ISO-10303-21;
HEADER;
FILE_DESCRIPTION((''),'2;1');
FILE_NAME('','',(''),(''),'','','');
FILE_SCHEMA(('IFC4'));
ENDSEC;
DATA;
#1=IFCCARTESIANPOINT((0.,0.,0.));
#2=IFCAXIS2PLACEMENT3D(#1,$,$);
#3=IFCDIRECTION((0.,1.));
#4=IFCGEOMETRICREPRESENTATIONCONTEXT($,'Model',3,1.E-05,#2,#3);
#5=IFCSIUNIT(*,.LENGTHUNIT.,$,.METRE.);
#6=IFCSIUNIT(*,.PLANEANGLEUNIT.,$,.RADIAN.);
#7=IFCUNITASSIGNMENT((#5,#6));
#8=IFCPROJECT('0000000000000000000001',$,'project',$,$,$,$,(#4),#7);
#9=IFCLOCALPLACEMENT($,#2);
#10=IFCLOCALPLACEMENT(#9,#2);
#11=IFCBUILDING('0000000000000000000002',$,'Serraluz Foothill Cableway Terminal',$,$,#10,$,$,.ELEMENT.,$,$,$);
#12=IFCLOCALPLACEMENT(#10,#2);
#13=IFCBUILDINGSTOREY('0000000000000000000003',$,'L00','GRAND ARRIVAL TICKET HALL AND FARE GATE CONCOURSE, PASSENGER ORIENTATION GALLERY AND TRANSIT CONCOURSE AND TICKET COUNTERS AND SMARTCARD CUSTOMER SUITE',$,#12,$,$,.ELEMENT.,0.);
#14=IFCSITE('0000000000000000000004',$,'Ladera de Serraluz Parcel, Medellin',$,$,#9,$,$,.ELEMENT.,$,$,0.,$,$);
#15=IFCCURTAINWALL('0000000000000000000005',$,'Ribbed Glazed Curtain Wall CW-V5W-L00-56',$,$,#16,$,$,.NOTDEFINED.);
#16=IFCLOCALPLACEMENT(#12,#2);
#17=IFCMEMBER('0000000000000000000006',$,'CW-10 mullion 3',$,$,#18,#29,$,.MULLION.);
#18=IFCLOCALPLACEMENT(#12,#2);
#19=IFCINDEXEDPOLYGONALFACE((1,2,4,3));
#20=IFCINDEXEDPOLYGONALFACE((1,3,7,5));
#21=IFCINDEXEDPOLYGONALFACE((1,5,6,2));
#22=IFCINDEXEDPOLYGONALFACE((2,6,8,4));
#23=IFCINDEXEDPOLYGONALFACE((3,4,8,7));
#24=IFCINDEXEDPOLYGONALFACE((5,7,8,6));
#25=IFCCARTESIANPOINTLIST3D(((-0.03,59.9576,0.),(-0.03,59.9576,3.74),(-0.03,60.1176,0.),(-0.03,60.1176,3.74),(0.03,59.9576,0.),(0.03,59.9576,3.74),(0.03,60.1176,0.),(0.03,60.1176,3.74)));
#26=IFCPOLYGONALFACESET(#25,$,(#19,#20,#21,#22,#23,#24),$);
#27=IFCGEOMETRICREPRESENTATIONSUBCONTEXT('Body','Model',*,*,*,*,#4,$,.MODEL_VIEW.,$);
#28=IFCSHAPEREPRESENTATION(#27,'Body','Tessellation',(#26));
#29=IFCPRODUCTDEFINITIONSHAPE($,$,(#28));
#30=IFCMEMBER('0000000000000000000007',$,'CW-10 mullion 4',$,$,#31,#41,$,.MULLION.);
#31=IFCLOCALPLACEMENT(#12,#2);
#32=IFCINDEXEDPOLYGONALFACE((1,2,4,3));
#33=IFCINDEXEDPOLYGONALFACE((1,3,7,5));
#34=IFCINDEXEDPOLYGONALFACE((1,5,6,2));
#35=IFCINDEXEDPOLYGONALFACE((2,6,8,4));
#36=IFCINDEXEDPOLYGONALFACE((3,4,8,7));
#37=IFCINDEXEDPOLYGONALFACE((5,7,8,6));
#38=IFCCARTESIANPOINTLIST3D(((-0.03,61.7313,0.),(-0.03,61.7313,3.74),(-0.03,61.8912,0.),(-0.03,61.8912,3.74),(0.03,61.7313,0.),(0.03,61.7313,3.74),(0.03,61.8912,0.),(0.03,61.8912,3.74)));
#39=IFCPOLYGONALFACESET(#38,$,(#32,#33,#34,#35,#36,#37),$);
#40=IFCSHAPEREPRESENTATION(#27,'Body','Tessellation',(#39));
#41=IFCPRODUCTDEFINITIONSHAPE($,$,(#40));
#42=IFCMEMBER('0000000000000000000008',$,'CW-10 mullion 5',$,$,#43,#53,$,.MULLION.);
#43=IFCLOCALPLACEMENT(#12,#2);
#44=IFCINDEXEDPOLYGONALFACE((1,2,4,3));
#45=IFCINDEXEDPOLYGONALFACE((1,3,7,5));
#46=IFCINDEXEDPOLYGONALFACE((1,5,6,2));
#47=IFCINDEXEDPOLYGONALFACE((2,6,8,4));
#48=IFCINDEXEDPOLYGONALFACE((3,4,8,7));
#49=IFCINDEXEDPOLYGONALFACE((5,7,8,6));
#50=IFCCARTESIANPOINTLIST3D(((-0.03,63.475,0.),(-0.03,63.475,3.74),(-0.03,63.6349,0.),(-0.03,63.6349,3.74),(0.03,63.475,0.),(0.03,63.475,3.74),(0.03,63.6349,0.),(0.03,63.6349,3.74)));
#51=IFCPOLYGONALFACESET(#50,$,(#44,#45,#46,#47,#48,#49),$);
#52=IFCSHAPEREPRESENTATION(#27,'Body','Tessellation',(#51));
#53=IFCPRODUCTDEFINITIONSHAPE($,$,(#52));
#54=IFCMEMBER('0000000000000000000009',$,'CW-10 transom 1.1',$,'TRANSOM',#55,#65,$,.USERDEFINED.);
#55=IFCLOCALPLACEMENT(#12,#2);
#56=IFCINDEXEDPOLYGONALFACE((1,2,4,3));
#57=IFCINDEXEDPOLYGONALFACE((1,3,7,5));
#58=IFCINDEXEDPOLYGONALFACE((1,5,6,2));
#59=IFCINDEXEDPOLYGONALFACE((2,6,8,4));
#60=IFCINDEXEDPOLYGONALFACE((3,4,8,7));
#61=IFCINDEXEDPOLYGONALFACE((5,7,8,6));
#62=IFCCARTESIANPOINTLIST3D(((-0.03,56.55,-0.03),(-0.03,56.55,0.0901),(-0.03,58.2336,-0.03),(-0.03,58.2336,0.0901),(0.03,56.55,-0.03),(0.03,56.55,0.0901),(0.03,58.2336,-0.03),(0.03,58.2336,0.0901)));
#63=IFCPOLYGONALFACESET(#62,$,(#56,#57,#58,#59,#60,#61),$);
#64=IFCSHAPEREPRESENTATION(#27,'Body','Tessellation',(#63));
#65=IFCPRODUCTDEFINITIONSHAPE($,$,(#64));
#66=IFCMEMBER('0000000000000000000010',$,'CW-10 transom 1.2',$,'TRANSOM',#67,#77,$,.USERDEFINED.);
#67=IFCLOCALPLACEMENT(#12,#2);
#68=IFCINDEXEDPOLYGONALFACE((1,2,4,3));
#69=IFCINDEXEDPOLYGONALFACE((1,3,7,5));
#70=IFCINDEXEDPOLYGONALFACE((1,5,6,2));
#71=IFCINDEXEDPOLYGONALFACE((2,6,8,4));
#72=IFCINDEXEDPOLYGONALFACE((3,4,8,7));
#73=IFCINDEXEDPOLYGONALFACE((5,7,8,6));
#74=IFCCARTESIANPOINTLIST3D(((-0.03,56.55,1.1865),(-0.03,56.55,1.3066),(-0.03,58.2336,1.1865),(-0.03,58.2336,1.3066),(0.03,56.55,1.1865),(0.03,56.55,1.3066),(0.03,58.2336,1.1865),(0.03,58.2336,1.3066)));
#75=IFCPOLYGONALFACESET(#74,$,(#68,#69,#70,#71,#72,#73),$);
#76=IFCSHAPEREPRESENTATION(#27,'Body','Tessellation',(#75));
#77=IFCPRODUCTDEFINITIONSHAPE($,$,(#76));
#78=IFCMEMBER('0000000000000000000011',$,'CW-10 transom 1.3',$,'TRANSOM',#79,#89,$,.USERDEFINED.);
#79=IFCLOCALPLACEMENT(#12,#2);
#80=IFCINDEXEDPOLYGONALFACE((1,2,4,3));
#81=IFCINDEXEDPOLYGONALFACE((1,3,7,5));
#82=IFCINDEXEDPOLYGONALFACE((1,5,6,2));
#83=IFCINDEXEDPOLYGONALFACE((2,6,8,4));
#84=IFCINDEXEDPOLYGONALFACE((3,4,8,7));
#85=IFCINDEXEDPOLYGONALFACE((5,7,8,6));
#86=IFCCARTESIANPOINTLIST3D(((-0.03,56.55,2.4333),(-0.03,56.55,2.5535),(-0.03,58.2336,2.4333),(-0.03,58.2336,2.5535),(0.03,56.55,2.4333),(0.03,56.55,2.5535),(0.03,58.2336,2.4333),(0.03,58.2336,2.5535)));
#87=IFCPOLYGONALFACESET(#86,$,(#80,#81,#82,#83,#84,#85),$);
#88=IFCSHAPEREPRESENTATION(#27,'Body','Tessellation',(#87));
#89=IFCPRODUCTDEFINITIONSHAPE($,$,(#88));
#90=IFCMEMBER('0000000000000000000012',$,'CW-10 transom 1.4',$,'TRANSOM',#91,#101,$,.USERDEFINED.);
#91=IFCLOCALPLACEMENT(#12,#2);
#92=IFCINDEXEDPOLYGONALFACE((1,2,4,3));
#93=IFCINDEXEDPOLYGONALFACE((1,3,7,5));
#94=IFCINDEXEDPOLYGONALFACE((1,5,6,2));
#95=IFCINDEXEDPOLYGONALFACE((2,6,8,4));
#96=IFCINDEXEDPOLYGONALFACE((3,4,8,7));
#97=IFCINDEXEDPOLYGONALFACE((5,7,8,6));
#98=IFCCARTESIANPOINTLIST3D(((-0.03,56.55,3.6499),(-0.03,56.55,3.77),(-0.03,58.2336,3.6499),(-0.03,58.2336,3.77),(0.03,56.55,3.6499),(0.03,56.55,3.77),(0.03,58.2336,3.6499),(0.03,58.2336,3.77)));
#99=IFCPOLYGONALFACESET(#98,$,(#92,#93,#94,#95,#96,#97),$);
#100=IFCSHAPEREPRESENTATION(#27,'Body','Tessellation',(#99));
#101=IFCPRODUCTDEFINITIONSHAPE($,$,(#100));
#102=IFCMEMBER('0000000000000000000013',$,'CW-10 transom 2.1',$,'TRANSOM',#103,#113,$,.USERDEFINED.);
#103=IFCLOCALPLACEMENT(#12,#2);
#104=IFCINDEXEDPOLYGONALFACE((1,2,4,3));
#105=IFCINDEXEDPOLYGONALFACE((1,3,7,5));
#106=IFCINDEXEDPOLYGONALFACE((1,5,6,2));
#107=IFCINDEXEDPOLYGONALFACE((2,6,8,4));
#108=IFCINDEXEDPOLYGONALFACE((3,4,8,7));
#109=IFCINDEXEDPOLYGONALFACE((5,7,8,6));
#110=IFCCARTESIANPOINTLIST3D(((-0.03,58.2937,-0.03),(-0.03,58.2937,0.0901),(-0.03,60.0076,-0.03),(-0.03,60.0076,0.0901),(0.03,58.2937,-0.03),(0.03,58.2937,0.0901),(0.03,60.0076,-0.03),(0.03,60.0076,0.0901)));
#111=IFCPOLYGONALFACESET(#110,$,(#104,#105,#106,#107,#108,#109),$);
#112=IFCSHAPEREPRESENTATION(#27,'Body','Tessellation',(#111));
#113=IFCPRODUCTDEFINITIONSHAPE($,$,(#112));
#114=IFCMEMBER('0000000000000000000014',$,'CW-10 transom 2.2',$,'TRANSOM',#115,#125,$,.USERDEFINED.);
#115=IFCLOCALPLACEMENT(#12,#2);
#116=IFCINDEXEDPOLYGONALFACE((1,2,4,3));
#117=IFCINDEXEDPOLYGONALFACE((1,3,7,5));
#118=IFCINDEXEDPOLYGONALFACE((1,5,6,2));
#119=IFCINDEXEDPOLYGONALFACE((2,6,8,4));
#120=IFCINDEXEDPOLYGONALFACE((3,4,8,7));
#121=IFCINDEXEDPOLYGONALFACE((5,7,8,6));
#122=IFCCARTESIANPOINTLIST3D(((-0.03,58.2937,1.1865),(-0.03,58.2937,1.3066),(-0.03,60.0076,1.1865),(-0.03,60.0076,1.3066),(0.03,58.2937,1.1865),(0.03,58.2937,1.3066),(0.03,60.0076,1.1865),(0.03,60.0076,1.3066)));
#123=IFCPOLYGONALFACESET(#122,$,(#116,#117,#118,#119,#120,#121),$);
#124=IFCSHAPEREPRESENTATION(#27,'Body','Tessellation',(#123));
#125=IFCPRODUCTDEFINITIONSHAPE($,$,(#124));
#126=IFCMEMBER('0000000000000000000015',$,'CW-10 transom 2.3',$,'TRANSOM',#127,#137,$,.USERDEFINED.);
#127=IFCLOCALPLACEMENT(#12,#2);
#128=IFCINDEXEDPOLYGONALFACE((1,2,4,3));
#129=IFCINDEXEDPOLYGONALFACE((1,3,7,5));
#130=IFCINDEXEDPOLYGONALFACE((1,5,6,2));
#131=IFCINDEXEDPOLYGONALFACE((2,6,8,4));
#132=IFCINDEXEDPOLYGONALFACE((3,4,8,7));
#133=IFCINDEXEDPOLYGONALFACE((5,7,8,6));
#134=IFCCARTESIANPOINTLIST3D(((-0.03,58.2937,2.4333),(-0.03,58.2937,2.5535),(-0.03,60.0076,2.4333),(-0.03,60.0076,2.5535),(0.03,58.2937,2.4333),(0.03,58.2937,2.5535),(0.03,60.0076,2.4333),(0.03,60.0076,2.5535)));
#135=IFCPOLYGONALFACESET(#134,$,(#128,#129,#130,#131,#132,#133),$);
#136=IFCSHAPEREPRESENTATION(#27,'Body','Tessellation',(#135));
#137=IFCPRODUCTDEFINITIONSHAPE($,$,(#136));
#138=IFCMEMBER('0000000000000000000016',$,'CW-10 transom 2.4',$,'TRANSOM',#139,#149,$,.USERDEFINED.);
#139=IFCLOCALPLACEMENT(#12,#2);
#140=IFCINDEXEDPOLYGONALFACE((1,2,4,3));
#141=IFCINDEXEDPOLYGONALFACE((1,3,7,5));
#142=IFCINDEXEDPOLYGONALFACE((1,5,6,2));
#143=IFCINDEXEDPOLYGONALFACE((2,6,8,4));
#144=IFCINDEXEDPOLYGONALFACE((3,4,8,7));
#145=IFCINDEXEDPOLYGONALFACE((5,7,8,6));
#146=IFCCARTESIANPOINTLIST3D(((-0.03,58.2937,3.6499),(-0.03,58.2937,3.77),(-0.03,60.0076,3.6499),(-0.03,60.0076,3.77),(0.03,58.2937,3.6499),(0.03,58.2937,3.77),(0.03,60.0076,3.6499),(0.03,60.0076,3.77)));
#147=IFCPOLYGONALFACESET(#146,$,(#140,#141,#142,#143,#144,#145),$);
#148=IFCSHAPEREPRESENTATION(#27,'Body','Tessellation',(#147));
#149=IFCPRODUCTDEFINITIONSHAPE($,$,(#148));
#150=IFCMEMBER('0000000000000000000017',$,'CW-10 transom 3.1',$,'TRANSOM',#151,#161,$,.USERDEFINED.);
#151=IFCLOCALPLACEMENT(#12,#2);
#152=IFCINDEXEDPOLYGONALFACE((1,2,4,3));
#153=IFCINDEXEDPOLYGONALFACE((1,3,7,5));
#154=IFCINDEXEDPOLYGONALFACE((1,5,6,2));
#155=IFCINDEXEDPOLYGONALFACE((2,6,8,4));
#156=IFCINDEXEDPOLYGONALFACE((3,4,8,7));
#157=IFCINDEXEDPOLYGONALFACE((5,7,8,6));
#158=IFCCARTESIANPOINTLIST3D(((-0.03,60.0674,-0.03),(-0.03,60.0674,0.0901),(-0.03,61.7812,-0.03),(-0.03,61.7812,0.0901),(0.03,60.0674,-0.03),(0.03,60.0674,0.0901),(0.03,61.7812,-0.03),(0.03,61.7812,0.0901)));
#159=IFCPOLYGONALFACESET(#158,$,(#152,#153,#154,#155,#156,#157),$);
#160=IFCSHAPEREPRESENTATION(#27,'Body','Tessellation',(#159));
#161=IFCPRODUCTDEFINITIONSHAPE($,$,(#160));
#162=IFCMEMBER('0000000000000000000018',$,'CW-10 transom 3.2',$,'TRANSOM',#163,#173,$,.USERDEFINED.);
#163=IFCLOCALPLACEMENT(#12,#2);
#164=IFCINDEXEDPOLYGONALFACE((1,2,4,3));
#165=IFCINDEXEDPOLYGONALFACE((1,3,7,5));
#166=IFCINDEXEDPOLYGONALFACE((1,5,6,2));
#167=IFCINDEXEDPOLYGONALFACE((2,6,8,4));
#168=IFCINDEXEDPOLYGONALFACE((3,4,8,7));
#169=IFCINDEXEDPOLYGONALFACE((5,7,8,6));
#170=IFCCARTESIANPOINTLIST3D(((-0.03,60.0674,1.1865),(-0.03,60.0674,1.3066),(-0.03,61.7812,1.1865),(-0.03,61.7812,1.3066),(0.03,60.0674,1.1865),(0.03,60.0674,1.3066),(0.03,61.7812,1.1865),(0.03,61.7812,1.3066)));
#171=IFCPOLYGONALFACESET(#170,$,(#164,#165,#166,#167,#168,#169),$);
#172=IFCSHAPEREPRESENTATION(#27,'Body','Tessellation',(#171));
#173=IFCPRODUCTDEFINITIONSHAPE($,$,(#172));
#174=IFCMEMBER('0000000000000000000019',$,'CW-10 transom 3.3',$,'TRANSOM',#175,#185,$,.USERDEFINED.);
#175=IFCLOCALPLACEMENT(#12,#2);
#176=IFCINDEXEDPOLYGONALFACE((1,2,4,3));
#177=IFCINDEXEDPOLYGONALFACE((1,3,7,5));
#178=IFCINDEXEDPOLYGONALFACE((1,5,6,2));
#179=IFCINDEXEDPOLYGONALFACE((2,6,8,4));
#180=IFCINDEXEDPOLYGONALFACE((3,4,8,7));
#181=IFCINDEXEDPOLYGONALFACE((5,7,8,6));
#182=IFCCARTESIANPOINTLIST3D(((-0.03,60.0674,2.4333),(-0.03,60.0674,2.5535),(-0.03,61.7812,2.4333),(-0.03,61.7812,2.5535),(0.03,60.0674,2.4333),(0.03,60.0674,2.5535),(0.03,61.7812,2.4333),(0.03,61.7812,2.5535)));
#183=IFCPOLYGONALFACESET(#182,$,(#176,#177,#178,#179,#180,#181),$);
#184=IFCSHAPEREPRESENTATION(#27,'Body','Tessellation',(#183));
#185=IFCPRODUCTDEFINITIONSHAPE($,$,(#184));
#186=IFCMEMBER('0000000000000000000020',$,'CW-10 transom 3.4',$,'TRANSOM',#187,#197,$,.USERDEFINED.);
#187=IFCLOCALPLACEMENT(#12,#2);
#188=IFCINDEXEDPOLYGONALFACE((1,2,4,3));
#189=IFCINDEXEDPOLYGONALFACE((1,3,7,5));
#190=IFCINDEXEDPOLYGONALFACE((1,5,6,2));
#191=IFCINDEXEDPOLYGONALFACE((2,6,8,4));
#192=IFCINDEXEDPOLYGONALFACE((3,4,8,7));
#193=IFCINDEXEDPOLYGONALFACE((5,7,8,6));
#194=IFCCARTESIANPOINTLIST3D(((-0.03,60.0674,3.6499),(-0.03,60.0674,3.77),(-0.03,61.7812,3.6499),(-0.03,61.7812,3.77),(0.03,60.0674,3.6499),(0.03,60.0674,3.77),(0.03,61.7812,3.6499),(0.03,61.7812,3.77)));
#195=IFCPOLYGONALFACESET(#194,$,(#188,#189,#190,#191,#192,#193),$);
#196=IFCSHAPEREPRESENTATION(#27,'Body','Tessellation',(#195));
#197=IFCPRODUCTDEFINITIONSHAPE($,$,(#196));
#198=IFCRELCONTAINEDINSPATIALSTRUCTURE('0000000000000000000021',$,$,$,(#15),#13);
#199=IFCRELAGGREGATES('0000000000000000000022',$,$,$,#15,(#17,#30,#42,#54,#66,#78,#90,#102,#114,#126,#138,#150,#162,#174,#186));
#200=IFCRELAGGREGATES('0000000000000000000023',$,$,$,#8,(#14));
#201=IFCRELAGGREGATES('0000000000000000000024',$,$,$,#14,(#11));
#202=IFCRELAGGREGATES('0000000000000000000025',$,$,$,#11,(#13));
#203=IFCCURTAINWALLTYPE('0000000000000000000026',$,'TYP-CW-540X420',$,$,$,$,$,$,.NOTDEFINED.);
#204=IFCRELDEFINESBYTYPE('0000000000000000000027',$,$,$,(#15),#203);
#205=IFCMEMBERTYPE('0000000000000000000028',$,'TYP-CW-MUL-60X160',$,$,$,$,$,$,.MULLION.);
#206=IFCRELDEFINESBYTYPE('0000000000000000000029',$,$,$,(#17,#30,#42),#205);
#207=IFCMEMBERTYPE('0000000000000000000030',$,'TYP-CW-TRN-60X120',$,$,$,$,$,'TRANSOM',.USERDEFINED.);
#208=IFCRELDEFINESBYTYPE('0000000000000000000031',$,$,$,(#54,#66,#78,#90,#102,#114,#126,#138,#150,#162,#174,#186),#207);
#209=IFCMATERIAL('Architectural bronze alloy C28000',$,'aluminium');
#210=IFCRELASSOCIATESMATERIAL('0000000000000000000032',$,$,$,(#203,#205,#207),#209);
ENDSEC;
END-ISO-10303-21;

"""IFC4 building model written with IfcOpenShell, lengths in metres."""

from ifc_helpers import new_model, si_unit, direction, frame, origin, origin_2d, place, context, subcontext, project, spatial, rectangle, extrude, material, material_profile, profile_set, type_object, element, aggregate, save


model = new_model("IFC4")

# Units and contexts
model_context = context("Model", 3, precision=1e-05, world=origin(), true_north=direction((0.0, 1.0)))
body_context = subcontext(model_context, "Body", "Model", "MODEL_VIEW")
ifc_project = project(units=[si_unit("LENGTHUNIT", "METRE"), si_unit("PLANEANGLEUNIT", "RADIAN")], contexts=[model_context])

# Site, building, storey
site_placement = place(None, origin())
site = spatial("IfcSite", under=ifc_project, at=site_placement, Name="Ladera de Serraluz Parcel, Medellin", CompositionType="ELEMENT", RefElevation=0.0)
building_placement = place(site_placement, origin())
building = spatial("IfcBuilding", under=site, at=building_placement, Name="Serraluz Foothill Cableway Terminal", CompositionType="ELEMENT")
storey_placement = place(building_placement, origin())
storey = spatial("IfcBuildingStorey", under=building, at=storey_placement, Name="L00", Description="GRAND ARRIVAL TICKET HALL AND FARE GATE CONCOURSE, PASSENGER ORIENTATION GALLERY AND TRANSIT CONCOURSE AND TICKET COUNTERS AND SMARTCARD CUSTOMER SUITE", CompositionType="ELEMENT", Elevation=0.0)

# Curtain wall, members
ifc_material_1 = material(Name="Architectural bronze alloy C28000", Category="aluminium")
curtain_wall_type = type_object("IfcCurtainWallType", Name="TYP-CW-540X420", PredefinedType="NOTDEFINED", material=ifc_material_1)
curtain_wall_placement = place(storey_placement, origin())
curtain_wall = element("IfcCurtainWall", 1, at=curtain_wall_placement, inside=storey, type_object=curtain_wall_type, Name="Ribbed Glazed Curtain Wall CW-V5W-L00-56", PredefinedType="NOTDEFINED")
ifc_material_profile_1 = material_profile(ifc_material_1, rectangle(XDim=0.0601, YDim=0.1599, at=origin_2d()), Name="ALU MULLION 60x160")
ifc_profile_set_1 = profile_set([ifc_material_profile_1], Name="Architectural bronze alloy C28000")
member_type_1 = type_object("IfcMemberType", Name="TYP-CW-MUL-60X160", PredefinedType="MULLION", material=ifc_profile_set_1)
member_1_placement = place(storey_placement, frame((0.0, 60.0376, 0.0), z_axis=(0.0, 0.0, 1.0), x_axis=(-1.0, 0.0, 0.0)))
member_1 = element("IfcMember", 2, at=member_1_placement, type_object=member_type_1, Name="CW-10 mullion 3", PredefinedType="MULLION", context=body_context, shape_type="SweptSolid", body=[
    extrude(rectangle(XDim=0.0601, YDim=0.1599, at=origin_2d()), origin(), (0.0, 0.0, 1.0), 3.74),
])
member_2_placement = place(storey_placement, frame((0.0, 61.8113, 0.0), z_axis=(0.0, 0.0, 1.0), x_axis=(-1.0, 0.0, 0.0)))
member_2 = element("IfcMember", 3, at=member_2_placement, type_object=member_type_1, Name="CW-10 mullion 4", PredefinedType="MULLION", context=body_context, shape_type="SweptSolid", body=[
    extrude(rectangle(XDim=0.0601, YDim=0.1599, at=origin_2d()), origin(), (0.0, 0.0, 1.0), 3.74),
])
member_3_placement = place(storey_placement, frame((0.0, 63.5549, 0.0), z_axis=(0.0, 0.0, 1.0), x_axis=(-1.0, 0.0, 0.0)))
member_3 = element("IfcMember", 4, at=member_3_placement, type_object=member_type_1, Name="CW-10 mullion 5", PredefinedType="MULLION", context=body_context, shape_type="SweptSolid", body=[
    extrude(rectangle(XDim=0.0601, YDim=0.1599, at=origin_2d()), origin(), (0.0, 0.0, 1.0), 3.74),
])
ifc_material_profile_2 = material_profile(ifc_material_1, rectangle(XDim=0.0601, YDim=0.1201, at=origin_2d()), Name="ALU TRANSOM 60x120")
ifc_profile_set_2 = profile_set([ifc_material_profile_2], Name="Architectural bronze alloy C28000")
member_type_2 = type_object("IfcMemberType", Name="TYP-CW-TRN-60X120", ElementType="TRANSOM", PredefinedType="USERDEFINED", material=ifc_profile_set_2)
member_4_placement = place(storey_placement, frame((0.0, 56.55, 0.03), z_axis=(0.0, 1.0, 0.0), x_axis=(-1.0, 0.0, 0.0)))
member_4 = element("IfcMember", 5, at=member_4_placement, type_object=member_type_2, Name="CW-10 transom 1.1", ObjectType="TRANSOM", PredefinedType="USERDEFINED", context=body_context, shape_type="SweptSolid", body=[
    extrude(rectangle(XDim=0.0601, YDim=0.1201, at=origin_2d()), origin(), (0.0, 0.0, 1.0), 1.6836),
])
member_5_placement = place(storey_placement, frame((0.0, 56.55, 1.2466), z_axis=(0.0, 1.0, 0.0), x_axis=(-1.0, 0.0, 0.0)))
member_5 = element("IfcMember", 6, at=member_5_placement, type_object=member_type_2, Name="CW-10 transom 1.2", ObjectType="TRANSOM", PredefinedType="USERDEFINED", context=body_context, shape_type="SweptSolid", body=[
    extrude(rectangle(XDim=0.0601, YDim=0.1201, at=origin_2d()), origin(), (0.0, 0.0, 1.0), 1.6836),
])
member_6_placement = place(storey_placement, frame((0.0, 56.55, 2.4934), z_axis=(0.0, 1.0, 0.0), x_axis=(-1.0, 0.0, 0.0)))
member_6 = element("IfcMember", 7, at=member_6_placement, type_object=member_type_2, Name="CW-10 transom 1.3", ObjectType="TRANSOM", PredefinedType="USERDEFINED", context=body_context, shape_type="SweptSolid", body=[
    extrude(rectangle(XDim=0.0601, YDim=0.1201, at=origin_2d()), origin(), (0.0, 0.0, 1.0), 1.6836),
])
member_7_placement = place(storey_placement, frame((0.0, 56.55, 3.71), z_axis=(0.0, 1.0, 0.0), x_axis=(-1.0, 0.0, 0.0)))
member_7 = element("IfcMember", 8, at=member_7_placement, type_object=member_type_2, Name="CW-10 transom 1.4", ObjectType="TRANSOM", PredefinedType="USERDEFINED", context=body_context, shape_type="SweptSolid", body=[
    extrude(rectangle(XDim=0.0601, YDim=0.1201, at=origin_2d()), origin(), (0.0, 0.0, 1.0), 1.6836),
])
member_8_placement = place(storey_placement, frame((0.0, 58.2937, 0.03), z_axis=(0.0, 1.0, 0.0), x_axis=(-1.0, 0.0, 0.0)))
member_8 = element("IfcMember", 9, at=member_8_placement, type_object=member_type_2, Name="CW-10 transom 2.1", ObjectType="TRANSOM", PredefinedType="USERDEFINED", context=body_context, shape_type="SweptSolid", body=[
    extrude(rectangle(XDim=0.0601, YDim=0.1201, at=origin_2d()), origin(), (0.0, 0.0, 1.0), 1.7139),
])
member_9_placement = place(storey_placement, frame((0.0, 58.2937, 1.2466), z_axis=(0.0, 1.0, 0.0), x_axis=(-1.0, 0.0, 0.0)))
member_9 = element("IfcMember", 10, at=member_9_placement, type_object=member_type_2, Name="CW-10 transom 2.2", ObjectType="TRANSOM", PredefinedType="USERDEFINED", context=body_context, shape_type="SweptSolid", body=[
    extrude(rectangle(XDim=0.0601, YDim=0.1201, at=origin_2d()), origin(), (0.0, 0.0, 1.0), 1.7139),
])
member_10_placement = place(storey_placement, frame((0.0, 58.2937, 2.4934), z_axis=(0.0, 1.0, 0.0), x_axis=(-1.0, 0.0, 0.0)))
member_10 = element("IfcMember", 11, at=member_10_placement, type_object=member_type_2, Name="CW-10 transom 2.3", ObjectType="TRANSOM", PredefinedType="USERDEFINED", context=body_context, shape_type="SweptSolid", body=[
    extrude(rectangle(XDim=0.0601, YDim=0.1201, at=origin_2d()), origin(), (0.0, 0.0, 1.0), 1.7139),
])
member_11_placement = place(storey_placement, frame((0.0, 58.2937, 3.71), z_axis=(0.0, 1.0, 0.0), x_axis=(-1.0, 0.0, 0.0)))
member_11 = element("IfcMember", 12, at=member_11_placement, type_object=member_type_2, Name="CW-10 transom 2.4", ObjectType="TRANSOM", PredefinedType="USERDEFINED", context=body_context, shape_type="SweptSolid", body=[
    extrude(rectangle(XDim=0.0601, YDim=0.1201, at=origin_2d()), origin(), (0.0, 0.0, 1.0), 1.7139),
])
member_12_placement = place(storey_placement, frame((0.0, 60.0674, 0.03), z_axis=(0.0, 1.0, 0.0), x_axis=(-1.0, 0.0, 0.0)))
member_12 = element("IfcMember", 13, at=member_12_placement, type_object=member_type_2, Name="CW-10 transom 3.1", ObjectType="TRANSOM", PredefinedType="USERDEFINED", context=body_context, shape_type="SweptSolid", body=[
    extrude(rectangle(XDim=0.0601, YDim=0.1201, at=origin_2d()), origin(), (0.0, 0.0, 1.0), 1.7139),
])
member_13_placement = place(storey_placement, frame((0.0, 60.0674, 1.2466), z_axis=(0.0, 1.0, 0.0), x_axis=(-1.0, 0.0, 0.0)))
member_13 = element("IfcMember", 14, at=member_13_placement, type_object=member_type_2, Name="CW-10 transom 3.2", ObjectType="TRANSOM", PredefinedType="USERDEFINED", context=body_context, shape_type="SweptSolid", body=[
    extrude(rectangle(XDim=0.0601, YDim=0.1201, at=origin_2d()), origin(), (0.0, 0.0, 1.0), 1.7139),
])
member_14_placement = place(storey_placement, frame((0.0, 60.0674, 2.4934), z_axis=(0.0, 1.0, 0.0), x_axis=(-1.0, 0.0, 0.0)))
member_14 = element("IfcMember", 15, at=member_14_placement, type_object=member_type_2, Name="CW-10 transom 3.3", ObjectType="TRANSOM", PredefinedType="USERDEFINED", context=body_context, shape_type="SweptSolid", body=[
    extrude(rectangle(XDim=0.0601, YDim=0.1201, at=origin_2d()), origin(), (0.0, 0.0, 1.0), 1.7139),
])
member_15_placement = place(storey_placement, frame((0.0, 60.0674, 3.71), z_axis=(0.0, 1.0, 0.0), x_axis=(-1.0, 0.0, 0.0)))
member_15 = element("IfcMember", 16, at=member_15_placement, type_object=member_type_2, Name="CW-10 transom 3.4", ObjectType="TRANSOM", PredefinedType="USERDEFINED", context=body_context, shape_type="SweptSolid", body=[
    extrude(rectangle(XDim=0.0601, YDim=0.1201, at=origin_2d()), origin(), (0.0, 0.0, 1.0), 1.7139),
])

aggregate(curtain_wall, [member_1, member_2, member_3, member_4, member_5, member_6, member_7, member_8, member_9, member_10, member_11, member_12, member_13, member_14, member_15])

save(model, "model.ifc")
